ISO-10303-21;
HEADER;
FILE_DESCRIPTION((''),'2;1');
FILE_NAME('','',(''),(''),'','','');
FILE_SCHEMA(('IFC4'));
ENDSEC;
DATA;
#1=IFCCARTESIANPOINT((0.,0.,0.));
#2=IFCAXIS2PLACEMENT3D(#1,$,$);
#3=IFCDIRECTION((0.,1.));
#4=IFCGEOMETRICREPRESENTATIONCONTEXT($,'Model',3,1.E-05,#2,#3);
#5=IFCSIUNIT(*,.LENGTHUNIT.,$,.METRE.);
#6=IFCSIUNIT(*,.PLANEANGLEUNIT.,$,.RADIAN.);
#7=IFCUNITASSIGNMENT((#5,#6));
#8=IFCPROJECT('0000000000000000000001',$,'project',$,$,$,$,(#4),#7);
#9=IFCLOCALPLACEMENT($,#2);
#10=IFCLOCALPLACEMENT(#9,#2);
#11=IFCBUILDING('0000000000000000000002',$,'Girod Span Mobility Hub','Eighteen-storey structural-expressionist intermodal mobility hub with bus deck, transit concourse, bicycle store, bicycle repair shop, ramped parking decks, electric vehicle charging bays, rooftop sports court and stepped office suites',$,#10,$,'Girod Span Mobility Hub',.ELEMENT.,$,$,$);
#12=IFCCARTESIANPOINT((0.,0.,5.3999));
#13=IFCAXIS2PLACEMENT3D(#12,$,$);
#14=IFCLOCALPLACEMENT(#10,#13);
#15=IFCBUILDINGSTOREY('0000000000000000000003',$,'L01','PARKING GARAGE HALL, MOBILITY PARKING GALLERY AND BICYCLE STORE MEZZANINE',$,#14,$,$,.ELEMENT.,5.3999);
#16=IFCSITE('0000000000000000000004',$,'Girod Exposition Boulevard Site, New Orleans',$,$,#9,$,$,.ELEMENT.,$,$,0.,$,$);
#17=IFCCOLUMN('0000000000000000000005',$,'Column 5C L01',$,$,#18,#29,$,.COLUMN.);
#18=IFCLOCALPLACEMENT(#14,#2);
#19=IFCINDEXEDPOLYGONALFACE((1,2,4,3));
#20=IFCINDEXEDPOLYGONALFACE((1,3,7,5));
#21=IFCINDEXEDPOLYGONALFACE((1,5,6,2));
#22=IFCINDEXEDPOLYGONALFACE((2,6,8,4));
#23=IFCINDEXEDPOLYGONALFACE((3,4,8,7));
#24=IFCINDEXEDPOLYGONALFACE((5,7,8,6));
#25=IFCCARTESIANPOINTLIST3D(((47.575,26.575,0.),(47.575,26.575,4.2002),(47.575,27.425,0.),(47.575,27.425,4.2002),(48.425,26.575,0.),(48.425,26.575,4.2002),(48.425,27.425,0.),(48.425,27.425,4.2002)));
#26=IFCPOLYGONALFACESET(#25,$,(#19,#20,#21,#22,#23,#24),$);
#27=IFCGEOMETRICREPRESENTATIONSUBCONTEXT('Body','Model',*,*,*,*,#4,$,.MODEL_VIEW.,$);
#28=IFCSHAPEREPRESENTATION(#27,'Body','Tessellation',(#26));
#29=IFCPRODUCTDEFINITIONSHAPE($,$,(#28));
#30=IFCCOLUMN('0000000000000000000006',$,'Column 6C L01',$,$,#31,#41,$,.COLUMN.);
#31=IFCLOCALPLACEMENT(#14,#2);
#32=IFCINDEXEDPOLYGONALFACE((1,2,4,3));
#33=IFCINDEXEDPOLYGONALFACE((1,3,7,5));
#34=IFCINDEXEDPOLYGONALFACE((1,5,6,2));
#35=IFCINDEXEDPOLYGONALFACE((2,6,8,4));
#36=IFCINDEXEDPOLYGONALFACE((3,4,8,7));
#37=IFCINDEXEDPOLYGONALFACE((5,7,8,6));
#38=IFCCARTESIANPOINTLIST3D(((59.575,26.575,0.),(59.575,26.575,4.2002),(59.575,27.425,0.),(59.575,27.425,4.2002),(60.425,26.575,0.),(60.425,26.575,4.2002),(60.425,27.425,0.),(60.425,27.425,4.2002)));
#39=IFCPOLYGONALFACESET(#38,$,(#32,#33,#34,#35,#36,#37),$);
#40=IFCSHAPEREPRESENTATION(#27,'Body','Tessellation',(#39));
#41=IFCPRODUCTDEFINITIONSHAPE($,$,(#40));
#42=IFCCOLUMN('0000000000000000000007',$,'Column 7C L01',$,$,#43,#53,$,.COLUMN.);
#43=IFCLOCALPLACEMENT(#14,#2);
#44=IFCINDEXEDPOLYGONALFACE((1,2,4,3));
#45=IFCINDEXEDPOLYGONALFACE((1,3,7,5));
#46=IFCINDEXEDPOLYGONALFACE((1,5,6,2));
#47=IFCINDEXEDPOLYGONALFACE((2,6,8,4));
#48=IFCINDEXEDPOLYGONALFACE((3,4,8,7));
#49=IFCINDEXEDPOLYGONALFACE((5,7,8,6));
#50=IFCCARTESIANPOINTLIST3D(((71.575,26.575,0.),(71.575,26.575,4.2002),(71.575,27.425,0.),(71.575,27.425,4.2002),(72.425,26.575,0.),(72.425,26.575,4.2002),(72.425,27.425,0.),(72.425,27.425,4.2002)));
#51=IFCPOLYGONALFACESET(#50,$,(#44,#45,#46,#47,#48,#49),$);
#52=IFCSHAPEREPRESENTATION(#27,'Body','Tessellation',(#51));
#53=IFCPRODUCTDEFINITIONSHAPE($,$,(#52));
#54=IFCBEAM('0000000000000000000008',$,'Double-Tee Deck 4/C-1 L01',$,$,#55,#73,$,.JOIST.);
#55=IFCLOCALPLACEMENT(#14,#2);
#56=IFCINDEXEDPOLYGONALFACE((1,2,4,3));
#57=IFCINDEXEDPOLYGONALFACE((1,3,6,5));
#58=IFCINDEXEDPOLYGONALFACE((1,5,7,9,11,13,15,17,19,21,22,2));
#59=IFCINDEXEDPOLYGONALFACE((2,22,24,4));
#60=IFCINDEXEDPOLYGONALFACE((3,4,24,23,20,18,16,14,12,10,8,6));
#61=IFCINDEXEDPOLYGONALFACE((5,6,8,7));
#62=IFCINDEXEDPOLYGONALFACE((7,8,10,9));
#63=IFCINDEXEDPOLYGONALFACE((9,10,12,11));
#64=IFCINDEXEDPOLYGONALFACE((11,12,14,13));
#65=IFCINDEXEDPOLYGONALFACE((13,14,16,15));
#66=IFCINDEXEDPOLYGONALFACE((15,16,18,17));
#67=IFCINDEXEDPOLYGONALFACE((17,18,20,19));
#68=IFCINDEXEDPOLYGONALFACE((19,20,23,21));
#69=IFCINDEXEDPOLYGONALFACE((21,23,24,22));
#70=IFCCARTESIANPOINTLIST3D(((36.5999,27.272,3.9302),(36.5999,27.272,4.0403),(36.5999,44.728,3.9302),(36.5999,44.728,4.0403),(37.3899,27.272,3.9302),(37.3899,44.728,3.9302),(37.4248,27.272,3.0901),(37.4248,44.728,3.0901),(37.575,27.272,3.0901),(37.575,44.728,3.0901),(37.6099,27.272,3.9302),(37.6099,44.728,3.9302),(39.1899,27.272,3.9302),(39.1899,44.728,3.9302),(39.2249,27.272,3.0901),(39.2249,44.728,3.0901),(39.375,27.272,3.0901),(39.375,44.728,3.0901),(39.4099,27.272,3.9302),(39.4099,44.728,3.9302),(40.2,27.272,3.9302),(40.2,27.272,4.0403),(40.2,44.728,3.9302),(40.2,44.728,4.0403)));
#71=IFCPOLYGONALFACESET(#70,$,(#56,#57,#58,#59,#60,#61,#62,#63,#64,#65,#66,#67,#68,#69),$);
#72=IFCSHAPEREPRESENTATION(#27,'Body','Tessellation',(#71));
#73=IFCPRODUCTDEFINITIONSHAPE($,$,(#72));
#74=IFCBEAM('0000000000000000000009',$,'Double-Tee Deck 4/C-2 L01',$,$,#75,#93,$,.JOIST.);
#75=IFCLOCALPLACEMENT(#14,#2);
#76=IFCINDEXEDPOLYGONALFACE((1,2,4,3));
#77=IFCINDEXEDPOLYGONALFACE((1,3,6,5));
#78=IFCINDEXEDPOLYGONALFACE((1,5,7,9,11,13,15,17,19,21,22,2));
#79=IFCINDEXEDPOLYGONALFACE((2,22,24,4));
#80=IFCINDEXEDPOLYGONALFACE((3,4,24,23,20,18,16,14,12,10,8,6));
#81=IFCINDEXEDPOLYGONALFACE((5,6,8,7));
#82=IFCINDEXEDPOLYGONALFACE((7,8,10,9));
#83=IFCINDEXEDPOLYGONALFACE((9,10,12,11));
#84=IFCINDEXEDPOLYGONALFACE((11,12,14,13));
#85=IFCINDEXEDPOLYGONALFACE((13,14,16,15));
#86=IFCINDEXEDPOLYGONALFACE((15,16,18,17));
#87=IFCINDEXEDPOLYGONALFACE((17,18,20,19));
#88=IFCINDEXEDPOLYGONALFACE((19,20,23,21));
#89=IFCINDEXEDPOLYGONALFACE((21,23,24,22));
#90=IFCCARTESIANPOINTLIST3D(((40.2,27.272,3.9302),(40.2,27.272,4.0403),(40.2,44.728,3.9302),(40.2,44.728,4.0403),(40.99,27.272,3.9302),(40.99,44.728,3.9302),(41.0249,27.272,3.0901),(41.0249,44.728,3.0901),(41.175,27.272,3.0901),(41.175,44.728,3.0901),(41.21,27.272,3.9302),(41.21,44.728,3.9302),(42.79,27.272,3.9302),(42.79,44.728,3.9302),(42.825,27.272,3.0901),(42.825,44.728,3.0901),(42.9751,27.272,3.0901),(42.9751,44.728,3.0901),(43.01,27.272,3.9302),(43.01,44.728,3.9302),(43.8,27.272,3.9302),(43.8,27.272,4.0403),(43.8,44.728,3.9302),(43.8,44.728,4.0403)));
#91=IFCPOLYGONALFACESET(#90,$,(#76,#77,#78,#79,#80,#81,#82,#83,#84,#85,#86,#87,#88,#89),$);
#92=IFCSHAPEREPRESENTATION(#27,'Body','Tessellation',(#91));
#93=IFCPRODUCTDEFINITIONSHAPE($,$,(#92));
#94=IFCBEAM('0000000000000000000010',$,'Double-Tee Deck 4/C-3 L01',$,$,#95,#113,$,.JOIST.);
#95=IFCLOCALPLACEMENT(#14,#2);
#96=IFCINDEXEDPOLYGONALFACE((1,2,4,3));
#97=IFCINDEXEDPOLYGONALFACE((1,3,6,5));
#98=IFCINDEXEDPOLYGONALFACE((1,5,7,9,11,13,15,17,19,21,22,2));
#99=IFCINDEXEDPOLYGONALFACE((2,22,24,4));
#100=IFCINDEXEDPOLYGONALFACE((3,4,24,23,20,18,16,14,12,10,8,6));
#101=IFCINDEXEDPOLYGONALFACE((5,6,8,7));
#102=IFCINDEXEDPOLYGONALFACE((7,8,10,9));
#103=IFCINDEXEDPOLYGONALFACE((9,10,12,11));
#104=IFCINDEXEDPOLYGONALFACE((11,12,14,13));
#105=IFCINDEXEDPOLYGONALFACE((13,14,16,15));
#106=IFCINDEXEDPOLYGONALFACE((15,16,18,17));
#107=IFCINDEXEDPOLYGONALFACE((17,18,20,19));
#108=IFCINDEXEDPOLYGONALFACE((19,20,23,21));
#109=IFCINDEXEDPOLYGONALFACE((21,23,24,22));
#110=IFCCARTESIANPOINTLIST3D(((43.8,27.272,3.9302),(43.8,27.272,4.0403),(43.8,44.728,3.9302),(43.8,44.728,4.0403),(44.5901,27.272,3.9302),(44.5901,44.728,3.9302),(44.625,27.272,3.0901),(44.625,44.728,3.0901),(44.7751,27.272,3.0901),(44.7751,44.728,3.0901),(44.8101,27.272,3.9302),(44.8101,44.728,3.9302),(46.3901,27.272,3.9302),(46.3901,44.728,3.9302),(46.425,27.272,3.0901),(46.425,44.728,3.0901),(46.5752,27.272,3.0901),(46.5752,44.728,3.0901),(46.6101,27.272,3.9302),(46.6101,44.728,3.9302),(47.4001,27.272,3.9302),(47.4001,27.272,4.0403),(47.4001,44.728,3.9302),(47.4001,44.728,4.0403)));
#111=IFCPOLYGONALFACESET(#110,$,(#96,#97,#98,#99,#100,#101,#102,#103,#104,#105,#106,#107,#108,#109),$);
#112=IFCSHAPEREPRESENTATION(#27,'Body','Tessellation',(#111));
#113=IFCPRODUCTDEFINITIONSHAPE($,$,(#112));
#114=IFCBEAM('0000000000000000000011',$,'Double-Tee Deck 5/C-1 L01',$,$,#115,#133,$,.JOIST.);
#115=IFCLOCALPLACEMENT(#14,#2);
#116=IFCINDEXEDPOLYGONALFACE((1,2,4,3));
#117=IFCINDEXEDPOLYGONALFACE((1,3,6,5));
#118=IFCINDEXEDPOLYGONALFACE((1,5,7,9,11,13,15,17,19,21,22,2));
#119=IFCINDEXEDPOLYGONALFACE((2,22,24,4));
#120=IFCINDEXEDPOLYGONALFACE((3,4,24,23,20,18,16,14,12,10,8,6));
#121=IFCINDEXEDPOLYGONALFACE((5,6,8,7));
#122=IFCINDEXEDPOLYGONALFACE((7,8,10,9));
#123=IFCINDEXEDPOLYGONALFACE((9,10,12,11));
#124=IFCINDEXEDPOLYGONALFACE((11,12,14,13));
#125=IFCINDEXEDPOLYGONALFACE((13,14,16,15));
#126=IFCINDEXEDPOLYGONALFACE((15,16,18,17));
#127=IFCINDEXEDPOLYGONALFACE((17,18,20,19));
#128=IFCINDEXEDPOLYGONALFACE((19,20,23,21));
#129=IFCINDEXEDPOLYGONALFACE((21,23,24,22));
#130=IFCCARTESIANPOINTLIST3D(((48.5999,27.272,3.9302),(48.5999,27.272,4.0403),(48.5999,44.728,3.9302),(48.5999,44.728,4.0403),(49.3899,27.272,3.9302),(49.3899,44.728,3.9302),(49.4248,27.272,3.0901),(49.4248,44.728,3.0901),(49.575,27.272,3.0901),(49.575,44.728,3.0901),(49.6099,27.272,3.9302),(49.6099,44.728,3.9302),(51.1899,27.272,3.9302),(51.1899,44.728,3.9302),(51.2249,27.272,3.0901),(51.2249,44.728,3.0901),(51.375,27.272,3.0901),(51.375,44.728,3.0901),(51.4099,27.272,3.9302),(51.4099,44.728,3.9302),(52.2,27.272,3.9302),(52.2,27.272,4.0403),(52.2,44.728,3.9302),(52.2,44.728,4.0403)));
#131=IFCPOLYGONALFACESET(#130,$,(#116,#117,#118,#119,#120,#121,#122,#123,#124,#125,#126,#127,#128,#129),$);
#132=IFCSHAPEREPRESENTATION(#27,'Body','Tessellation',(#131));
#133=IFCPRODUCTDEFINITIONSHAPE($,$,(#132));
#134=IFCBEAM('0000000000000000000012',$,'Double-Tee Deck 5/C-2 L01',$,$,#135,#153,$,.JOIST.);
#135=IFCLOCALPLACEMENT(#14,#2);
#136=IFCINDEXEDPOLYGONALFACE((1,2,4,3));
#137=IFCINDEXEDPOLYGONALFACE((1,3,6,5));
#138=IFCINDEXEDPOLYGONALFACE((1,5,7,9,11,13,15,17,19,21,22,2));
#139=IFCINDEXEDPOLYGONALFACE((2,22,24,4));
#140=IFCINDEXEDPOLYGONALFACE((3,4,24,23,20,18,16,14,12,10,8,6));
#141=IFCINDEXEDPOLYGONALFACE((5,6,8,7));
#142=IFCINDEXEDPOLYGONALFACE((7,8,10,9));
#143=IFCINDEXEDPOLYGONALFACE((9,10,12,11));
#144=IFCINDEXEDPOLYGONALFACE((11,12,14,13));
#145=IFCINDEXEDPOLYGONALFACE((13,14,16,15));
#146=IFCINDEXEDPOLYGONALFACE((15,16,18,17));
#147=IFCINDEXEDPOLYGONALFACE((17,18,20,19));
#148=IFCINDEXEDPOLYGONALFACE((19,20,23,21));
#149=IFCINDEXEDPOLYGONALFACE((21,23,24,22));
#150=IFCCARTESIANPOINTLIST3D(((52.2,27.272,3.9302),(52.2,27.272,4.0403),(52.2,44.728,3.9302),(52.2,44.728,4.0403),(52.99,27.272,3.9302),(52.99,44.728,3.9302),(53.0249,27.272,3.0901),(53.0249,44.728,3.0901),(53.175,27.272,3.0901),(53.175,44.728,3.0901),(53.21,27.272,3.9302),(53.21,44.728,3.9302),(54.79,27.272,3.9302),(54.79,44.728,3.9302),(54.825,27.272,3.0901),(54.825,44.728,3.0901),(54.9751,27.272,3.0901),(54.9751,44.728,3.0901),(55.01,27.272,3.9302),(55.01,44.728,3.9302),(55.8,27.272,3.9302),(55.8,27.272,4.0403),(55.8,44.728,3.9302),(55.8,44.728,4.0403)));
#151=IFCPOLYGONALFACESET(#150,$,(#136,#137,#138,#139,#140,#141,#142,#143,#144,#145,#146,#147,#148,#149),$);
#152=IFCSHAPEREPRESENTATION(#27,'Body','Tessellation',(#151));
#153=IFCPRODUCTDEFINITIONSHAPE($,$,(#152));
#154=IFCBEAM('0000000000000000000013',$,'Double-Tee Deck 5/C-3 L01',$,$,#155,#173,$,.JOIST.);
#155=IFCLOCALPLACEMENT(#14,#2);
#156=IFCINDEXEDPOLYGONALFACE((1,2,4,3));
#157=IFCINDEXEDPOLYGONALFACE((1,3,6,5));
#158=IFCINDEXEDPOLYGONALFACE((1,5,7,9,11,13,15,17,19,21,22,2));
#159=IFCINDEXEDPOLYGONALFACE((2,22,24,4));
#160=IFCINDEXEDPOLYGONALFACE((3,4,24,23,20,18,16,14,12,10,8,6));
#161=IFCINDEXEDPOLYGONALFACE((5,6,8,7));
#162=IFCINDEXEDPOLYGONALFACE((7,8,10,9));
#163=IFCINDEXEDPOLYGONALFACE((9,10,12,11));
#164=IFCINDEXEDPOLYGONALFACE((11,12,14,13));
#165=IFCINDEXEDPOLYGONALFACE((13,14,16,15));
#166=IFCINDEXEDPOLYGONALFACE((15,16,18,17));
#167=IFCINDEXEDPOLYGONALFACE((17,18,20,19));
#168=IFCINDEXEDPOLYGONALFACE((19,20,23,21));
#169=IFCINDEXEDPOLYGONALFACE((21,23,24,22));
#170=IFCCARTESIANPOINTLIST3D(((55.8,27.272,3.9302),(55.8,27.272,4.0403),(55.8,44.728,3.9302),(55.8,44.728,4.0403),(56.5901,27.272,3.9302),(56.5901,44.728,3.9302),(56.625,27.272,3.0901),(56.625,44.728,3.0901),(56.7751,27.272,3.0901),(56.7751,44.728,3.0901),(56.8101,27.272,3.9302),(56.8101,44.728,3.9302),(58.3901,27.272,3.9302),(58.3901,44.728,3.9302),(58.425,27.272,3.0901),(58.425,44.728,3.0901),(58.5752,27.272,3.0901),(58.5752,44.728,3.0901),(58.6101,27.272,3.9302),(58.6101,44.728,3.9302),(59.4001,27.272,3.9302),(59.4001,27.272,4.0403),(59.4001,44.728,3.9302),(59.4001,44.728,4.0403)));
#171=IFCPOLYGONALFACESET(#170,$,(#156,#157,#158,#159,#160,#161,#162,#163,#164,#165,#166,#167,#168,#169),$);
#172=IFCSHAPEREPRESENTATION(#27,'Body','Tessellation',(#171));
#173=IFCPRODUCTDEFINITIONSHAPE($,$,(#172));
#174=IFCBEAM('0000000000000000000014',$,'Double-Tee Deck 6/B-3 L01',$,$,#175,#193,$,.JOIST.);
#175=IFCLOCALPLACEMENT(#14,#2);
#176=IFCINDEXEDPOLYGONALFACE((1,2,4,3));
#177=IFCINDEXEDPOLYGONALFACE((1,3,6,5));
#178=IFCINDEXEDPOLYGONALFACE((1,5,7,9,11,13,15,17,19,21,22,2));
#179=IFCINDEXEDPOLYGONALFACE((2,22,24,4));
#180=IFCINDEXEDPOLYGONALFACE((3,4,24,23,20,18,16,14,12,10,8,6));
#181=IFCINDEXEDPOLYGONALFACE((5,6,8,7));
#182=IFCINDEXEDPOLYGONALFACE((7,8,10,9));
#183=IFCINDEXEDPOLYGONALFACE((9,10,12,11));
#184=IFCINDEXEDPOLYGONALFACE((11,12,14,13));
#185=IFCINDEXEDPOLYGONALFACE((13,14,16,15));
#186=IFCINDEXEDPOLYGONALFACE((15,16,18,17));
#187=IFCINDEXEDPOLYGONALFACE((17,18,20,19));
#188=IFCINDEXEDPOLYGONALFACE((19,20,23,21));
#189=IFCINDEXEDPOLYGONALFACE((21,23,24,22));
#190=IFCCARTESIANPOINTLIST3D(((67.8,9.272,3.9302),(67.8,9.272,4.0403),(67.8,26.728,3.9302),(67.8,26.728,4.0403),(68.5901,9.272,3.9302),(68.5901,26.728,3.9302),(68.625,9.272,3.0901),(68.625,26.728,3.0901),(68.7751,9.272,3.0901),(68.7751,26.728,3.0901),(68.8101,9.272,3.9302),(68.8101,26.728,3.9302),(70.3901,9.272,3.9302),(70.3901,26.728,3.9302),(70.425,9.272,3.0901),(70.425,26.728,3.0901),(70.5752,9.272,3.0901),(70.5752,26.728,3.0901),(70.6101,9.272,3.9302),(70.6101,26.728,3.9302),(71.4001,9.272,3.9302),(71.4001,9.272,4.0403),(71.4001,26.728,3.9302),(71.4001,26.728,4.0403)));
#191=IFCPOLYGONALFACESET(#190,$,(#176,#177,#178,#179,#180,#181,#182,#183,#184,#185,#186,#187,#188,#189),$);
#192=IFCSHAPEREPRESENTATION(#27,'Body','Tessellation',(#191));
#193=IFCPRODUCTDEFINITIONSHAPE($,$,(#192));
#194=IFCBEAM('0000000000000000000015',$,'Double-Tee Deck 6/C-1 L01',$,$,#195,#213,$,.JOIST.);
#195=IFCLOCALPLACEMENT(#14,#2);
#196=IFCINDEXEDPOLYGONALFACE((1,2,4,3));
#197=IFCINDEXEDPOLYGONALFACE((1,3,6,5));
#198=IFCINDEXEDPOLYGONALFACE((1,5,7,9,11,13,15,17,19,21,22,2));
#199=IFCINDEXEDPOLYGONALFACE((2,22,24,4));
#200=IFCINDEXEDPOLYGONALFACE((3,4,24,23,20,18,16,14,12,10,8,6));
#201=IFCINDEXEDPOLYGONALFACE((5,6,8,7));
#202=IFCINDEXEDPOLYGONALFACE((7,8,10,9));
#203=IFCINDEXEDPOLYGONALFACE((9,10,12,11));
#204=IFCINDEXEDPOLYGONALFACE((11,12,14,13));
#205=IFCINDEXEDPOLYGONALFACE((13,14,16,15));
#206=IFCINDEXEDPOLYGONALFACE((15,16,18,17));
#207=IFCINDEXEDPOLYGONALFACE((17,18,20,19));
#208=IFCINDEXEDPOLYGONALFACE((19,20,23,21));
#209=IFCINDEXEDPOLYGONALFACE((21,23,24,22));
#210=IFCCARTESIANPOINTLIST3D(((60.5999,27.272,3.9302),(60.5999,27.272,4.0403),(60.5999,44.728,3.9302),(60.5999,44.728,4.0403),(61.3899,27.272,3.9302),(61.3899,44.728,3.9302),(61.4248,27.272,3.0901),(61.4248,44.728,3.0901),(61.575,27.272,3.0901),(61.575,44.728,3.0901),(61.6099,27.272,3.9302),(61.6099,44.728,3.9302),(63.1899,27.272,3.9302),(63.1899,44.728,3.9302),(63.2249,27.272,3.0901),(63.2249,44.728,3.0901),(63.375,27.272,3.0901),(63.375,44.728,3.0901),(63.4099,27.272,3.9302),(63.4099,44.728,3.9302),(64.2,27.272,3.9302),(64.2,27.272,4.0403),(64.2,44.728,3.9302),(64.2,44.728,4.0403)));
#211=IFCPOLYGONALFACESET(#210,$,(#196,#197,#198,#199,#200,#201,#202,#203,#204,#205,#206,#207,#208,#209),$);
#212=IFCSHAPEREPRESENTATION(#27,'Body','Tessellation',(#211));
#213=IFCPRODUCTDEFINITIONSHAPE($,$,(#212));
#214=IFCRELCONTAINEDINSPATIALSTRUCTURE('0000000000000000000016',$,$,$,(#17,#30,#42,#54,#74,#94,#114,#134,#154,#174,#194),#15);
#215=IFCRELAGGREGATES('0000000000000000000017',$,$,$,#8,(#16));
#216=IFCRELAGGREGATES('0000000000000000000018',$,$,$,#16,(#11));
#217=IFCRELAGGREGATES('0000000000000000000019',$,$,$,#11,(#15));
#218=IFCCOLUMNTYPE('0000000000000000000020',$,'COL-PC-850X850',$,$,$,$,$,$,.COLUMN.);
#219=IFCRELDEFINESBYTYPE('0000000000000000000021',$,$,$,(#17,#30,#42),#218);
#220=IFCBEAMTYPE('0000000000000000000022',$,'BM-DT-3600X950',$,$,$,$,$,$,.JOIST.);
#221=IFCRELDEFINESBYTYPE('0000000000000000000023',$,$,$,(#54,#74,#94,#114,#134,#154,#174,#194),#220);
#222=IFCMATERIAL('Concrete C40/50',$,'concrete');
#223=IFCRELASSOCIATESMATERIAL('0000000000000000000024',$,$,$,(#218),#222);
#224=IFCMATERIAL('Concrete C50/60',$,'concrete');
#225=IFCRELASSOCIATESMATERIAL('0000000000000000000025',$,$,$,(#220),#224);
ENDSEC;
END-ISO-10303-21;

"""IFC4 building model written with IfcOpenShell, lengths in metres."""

from ifc_helpers import new_model, si_unit, direction, frame, origin, origin_2d, place, context, subcontext, project, spatial, polyline, rectangle, outline, extrude, material, material_profile, profile_set, type_object, element, save


model = new_model("IFC4")

# Units and contexts
model_context = context("Model", 3, precision=1e-05, world=origin(), true_north=direction((0.0, 1.0)))
body_context = subcontext(model_context, "Body", "Model", "MODEL_VIEW")
ifc_project = project(units=[si_unit("LENGTHUNIT", "METRE"), si_unit("PLANEANGLEUNIT", "RADIAN")], contexts=[model_context])

# Site, building, storey
site_placement = place(None, origin())
site = spatial("IfcSite", under=ifc_project, at=site_placement, Name="Girod Exposition Boulevard Site, New Orleans", CompositionType="ELEMENT", RefElevation=0.0)
building_placement = place(site_placement, origin())
building = spatial("IfcBuilding", under=site, at=building_placement, Name="Girod Span Mobility Hub", Description="Eighteen-storey structural-expressionist intermodal mobility hub with bus deck, transit concourse, bicycle store, bicycle repair shop, ramped parking decks, electric vehicle charging bays, rooftop sports court and stepped office suites", LongName="Girod Span Mobility Hub", CompositionType="ELEMENT")
storey_placement = place(building_placement, frame((0.0, 0.0, 5.3999)))
storey = spatial("IfcBuildingStorey", under=building, at=storey_placement, Name="L01", Description="PARKING GARAGE HALL, MOBILITY PARKING GALLERY AND BICYCLE STORE MEZZANINE", CompositionType="ELEMENT", Elevation=5.3999)

# Columns
ifc_material_1 = material(Name="Concrete C40/50", Category="concrete")
ifc_material_profile_1 = material_profile(ifc_material_1, rectangle(XDim=0.8501, YDim=0.8501, at=origin_2d()), Name="PC-COL-850X850")
ifc_profile_set_1 = profile_set([ifc_material_profile_1], Name="Concrete C40/50")
column_type = type_object("IfcColumnType", Name="COL-PC-850X850", PredefinedType="COLUMN", material=ifc_profile_set_1)
for number, where, z_axis, x_axis, name in (
    (1, (48.0, 27.0, 0.0), (0.0, 0.0, 1.0), (1.0, 0.0, 0.0), "Column 5C L01"),
    (2, (60.0, 27.0, 0.0), (0.0, 0.0, 1.0), (1.0, 0.0, 0.0), "Column 6C L01"),
    (3, (72.0, 27.0, 0.0), (0.0, 0.0, 1.0), (1.0, 0.0, 0.0), "Column 7C L01"),
):
    element("IfcColumn", number, at=place(storey_placement, frame(where, z_axis=z_axis, x_axis=x_axis)), inside=storey, type_object=column_type, Name=name, PredefinedType="COLUMN", context=body_context, shape_type="SweptSolid", body=[
        extrude(rectangle(XDim=0.8501, YDim=0.8501, at=origin_2d()), origin(), (0.0, 0.0, 1.0), 4.2002),
    ])

# Beams
ifc_material_2 = material(Name="Concrete C50/60", Category="concrete")
ifc_material_profile_2 = material_profile(ifc_material_2, outline(polyline([(-1.8, 0.4751), (-1.8, 0.365), (-1.01, 0.365), (-0.9751, -0.4751), (-0.825, -0.4751), (-0.79, 0.365), (0.79, 0.365), (0.825, -0.4751), (0.9751, -0.4751), (1.01, 0.365), (1.8, 0.365), (1.8, 0.4751), (-1.8, 0.4751)])), Name="DT-3600X950")
ifc_profile_set_2 = profile_set([ifc_material_profile_2], Name="Concrete C50/60")
beam_type_1 = type_object("IfcBeamType", Name="BM-DT-3600X950", PredefinedType="JOIST", material=ifc_profile_set_2)
for number, where, z_axis, x_axis, name in (
    (4, (38.3999, 27.272, 3.5652), (0.0, 1.0, 0.0), (-1.0, 0.0, 0.0), "Double-Tee Deck 4/C-1 L01"),
    (5, (42.0, 27.272, 3.5652), (0.0, 1.0, 0.0), (-1.0, 0.0, 0.0), "Double-Tee Deck 4/C-2 L01"),
    (6, (45.6001, 27.272, 3.5652), (0.0, 1.0, 0.0), (-1.0, 0.0, 0.0), "Double-Tee Deck 4/C-3 L01"),
    (7, (50.3999, 27.272, 3.5652), (0.0, 1.0, 0.0), (-1.0, 0.0, 0.0), "Double-Tee Deck 5/C-1 L01"),
    (8, (54.0, 27.272, 3.5652), (0.0, 1.0, 0.0), (-1.0, 0.0, 0.0), "Double-Tee Deck 5/C-2 L01"),
    (9, (57.6001, 27.272, 3.5652), (0.0, 1.0, 0.0), (-1.0, 0.0, 0.0), "Double-Tee Deck 5/C-3 L01"),
    (10, (69.6001, 9.272, 3.5652), (0.0, 1.0, 0.0), (-1.0, 0.0, 0.0), "Double-Tee Deck 6/B-3 L01"),
    (11, (62.3999, 27.272, 3.5652), (0.0, 1.0, 0.0), (-1.0, 0.0, 0.0), "Double-Tee Deck 6/C-1 L01"),
):
    element("IfcBeam", number, at=place(storey_placement, frame(where, z_axis=z_axis, x_axis=x_axis)), inside=storey, type_object=beam_type_1, Name=name, PredefinedType="JOIST", context=body_context, shape_type="SweptSolid", body=[
        extrude(outline(polyline([(-1.8, 0.4751), (-1.8, 0.365), (-1.01, 0.365), (-0.9751, -0.4751), (-0.825, -0.4751), (-0.79, 0.365), (0.79, 0.365), (0.825, -0.4751), (0.9751, -0.4751), (1.01, 0.365), (1.8, 0.365), (1.8, 0.4751), (-1.8, 0.4751)])), origin(), (0.0, 0.0, 1.0), 17.4561),
    ])

save(model, "model.ifc")
